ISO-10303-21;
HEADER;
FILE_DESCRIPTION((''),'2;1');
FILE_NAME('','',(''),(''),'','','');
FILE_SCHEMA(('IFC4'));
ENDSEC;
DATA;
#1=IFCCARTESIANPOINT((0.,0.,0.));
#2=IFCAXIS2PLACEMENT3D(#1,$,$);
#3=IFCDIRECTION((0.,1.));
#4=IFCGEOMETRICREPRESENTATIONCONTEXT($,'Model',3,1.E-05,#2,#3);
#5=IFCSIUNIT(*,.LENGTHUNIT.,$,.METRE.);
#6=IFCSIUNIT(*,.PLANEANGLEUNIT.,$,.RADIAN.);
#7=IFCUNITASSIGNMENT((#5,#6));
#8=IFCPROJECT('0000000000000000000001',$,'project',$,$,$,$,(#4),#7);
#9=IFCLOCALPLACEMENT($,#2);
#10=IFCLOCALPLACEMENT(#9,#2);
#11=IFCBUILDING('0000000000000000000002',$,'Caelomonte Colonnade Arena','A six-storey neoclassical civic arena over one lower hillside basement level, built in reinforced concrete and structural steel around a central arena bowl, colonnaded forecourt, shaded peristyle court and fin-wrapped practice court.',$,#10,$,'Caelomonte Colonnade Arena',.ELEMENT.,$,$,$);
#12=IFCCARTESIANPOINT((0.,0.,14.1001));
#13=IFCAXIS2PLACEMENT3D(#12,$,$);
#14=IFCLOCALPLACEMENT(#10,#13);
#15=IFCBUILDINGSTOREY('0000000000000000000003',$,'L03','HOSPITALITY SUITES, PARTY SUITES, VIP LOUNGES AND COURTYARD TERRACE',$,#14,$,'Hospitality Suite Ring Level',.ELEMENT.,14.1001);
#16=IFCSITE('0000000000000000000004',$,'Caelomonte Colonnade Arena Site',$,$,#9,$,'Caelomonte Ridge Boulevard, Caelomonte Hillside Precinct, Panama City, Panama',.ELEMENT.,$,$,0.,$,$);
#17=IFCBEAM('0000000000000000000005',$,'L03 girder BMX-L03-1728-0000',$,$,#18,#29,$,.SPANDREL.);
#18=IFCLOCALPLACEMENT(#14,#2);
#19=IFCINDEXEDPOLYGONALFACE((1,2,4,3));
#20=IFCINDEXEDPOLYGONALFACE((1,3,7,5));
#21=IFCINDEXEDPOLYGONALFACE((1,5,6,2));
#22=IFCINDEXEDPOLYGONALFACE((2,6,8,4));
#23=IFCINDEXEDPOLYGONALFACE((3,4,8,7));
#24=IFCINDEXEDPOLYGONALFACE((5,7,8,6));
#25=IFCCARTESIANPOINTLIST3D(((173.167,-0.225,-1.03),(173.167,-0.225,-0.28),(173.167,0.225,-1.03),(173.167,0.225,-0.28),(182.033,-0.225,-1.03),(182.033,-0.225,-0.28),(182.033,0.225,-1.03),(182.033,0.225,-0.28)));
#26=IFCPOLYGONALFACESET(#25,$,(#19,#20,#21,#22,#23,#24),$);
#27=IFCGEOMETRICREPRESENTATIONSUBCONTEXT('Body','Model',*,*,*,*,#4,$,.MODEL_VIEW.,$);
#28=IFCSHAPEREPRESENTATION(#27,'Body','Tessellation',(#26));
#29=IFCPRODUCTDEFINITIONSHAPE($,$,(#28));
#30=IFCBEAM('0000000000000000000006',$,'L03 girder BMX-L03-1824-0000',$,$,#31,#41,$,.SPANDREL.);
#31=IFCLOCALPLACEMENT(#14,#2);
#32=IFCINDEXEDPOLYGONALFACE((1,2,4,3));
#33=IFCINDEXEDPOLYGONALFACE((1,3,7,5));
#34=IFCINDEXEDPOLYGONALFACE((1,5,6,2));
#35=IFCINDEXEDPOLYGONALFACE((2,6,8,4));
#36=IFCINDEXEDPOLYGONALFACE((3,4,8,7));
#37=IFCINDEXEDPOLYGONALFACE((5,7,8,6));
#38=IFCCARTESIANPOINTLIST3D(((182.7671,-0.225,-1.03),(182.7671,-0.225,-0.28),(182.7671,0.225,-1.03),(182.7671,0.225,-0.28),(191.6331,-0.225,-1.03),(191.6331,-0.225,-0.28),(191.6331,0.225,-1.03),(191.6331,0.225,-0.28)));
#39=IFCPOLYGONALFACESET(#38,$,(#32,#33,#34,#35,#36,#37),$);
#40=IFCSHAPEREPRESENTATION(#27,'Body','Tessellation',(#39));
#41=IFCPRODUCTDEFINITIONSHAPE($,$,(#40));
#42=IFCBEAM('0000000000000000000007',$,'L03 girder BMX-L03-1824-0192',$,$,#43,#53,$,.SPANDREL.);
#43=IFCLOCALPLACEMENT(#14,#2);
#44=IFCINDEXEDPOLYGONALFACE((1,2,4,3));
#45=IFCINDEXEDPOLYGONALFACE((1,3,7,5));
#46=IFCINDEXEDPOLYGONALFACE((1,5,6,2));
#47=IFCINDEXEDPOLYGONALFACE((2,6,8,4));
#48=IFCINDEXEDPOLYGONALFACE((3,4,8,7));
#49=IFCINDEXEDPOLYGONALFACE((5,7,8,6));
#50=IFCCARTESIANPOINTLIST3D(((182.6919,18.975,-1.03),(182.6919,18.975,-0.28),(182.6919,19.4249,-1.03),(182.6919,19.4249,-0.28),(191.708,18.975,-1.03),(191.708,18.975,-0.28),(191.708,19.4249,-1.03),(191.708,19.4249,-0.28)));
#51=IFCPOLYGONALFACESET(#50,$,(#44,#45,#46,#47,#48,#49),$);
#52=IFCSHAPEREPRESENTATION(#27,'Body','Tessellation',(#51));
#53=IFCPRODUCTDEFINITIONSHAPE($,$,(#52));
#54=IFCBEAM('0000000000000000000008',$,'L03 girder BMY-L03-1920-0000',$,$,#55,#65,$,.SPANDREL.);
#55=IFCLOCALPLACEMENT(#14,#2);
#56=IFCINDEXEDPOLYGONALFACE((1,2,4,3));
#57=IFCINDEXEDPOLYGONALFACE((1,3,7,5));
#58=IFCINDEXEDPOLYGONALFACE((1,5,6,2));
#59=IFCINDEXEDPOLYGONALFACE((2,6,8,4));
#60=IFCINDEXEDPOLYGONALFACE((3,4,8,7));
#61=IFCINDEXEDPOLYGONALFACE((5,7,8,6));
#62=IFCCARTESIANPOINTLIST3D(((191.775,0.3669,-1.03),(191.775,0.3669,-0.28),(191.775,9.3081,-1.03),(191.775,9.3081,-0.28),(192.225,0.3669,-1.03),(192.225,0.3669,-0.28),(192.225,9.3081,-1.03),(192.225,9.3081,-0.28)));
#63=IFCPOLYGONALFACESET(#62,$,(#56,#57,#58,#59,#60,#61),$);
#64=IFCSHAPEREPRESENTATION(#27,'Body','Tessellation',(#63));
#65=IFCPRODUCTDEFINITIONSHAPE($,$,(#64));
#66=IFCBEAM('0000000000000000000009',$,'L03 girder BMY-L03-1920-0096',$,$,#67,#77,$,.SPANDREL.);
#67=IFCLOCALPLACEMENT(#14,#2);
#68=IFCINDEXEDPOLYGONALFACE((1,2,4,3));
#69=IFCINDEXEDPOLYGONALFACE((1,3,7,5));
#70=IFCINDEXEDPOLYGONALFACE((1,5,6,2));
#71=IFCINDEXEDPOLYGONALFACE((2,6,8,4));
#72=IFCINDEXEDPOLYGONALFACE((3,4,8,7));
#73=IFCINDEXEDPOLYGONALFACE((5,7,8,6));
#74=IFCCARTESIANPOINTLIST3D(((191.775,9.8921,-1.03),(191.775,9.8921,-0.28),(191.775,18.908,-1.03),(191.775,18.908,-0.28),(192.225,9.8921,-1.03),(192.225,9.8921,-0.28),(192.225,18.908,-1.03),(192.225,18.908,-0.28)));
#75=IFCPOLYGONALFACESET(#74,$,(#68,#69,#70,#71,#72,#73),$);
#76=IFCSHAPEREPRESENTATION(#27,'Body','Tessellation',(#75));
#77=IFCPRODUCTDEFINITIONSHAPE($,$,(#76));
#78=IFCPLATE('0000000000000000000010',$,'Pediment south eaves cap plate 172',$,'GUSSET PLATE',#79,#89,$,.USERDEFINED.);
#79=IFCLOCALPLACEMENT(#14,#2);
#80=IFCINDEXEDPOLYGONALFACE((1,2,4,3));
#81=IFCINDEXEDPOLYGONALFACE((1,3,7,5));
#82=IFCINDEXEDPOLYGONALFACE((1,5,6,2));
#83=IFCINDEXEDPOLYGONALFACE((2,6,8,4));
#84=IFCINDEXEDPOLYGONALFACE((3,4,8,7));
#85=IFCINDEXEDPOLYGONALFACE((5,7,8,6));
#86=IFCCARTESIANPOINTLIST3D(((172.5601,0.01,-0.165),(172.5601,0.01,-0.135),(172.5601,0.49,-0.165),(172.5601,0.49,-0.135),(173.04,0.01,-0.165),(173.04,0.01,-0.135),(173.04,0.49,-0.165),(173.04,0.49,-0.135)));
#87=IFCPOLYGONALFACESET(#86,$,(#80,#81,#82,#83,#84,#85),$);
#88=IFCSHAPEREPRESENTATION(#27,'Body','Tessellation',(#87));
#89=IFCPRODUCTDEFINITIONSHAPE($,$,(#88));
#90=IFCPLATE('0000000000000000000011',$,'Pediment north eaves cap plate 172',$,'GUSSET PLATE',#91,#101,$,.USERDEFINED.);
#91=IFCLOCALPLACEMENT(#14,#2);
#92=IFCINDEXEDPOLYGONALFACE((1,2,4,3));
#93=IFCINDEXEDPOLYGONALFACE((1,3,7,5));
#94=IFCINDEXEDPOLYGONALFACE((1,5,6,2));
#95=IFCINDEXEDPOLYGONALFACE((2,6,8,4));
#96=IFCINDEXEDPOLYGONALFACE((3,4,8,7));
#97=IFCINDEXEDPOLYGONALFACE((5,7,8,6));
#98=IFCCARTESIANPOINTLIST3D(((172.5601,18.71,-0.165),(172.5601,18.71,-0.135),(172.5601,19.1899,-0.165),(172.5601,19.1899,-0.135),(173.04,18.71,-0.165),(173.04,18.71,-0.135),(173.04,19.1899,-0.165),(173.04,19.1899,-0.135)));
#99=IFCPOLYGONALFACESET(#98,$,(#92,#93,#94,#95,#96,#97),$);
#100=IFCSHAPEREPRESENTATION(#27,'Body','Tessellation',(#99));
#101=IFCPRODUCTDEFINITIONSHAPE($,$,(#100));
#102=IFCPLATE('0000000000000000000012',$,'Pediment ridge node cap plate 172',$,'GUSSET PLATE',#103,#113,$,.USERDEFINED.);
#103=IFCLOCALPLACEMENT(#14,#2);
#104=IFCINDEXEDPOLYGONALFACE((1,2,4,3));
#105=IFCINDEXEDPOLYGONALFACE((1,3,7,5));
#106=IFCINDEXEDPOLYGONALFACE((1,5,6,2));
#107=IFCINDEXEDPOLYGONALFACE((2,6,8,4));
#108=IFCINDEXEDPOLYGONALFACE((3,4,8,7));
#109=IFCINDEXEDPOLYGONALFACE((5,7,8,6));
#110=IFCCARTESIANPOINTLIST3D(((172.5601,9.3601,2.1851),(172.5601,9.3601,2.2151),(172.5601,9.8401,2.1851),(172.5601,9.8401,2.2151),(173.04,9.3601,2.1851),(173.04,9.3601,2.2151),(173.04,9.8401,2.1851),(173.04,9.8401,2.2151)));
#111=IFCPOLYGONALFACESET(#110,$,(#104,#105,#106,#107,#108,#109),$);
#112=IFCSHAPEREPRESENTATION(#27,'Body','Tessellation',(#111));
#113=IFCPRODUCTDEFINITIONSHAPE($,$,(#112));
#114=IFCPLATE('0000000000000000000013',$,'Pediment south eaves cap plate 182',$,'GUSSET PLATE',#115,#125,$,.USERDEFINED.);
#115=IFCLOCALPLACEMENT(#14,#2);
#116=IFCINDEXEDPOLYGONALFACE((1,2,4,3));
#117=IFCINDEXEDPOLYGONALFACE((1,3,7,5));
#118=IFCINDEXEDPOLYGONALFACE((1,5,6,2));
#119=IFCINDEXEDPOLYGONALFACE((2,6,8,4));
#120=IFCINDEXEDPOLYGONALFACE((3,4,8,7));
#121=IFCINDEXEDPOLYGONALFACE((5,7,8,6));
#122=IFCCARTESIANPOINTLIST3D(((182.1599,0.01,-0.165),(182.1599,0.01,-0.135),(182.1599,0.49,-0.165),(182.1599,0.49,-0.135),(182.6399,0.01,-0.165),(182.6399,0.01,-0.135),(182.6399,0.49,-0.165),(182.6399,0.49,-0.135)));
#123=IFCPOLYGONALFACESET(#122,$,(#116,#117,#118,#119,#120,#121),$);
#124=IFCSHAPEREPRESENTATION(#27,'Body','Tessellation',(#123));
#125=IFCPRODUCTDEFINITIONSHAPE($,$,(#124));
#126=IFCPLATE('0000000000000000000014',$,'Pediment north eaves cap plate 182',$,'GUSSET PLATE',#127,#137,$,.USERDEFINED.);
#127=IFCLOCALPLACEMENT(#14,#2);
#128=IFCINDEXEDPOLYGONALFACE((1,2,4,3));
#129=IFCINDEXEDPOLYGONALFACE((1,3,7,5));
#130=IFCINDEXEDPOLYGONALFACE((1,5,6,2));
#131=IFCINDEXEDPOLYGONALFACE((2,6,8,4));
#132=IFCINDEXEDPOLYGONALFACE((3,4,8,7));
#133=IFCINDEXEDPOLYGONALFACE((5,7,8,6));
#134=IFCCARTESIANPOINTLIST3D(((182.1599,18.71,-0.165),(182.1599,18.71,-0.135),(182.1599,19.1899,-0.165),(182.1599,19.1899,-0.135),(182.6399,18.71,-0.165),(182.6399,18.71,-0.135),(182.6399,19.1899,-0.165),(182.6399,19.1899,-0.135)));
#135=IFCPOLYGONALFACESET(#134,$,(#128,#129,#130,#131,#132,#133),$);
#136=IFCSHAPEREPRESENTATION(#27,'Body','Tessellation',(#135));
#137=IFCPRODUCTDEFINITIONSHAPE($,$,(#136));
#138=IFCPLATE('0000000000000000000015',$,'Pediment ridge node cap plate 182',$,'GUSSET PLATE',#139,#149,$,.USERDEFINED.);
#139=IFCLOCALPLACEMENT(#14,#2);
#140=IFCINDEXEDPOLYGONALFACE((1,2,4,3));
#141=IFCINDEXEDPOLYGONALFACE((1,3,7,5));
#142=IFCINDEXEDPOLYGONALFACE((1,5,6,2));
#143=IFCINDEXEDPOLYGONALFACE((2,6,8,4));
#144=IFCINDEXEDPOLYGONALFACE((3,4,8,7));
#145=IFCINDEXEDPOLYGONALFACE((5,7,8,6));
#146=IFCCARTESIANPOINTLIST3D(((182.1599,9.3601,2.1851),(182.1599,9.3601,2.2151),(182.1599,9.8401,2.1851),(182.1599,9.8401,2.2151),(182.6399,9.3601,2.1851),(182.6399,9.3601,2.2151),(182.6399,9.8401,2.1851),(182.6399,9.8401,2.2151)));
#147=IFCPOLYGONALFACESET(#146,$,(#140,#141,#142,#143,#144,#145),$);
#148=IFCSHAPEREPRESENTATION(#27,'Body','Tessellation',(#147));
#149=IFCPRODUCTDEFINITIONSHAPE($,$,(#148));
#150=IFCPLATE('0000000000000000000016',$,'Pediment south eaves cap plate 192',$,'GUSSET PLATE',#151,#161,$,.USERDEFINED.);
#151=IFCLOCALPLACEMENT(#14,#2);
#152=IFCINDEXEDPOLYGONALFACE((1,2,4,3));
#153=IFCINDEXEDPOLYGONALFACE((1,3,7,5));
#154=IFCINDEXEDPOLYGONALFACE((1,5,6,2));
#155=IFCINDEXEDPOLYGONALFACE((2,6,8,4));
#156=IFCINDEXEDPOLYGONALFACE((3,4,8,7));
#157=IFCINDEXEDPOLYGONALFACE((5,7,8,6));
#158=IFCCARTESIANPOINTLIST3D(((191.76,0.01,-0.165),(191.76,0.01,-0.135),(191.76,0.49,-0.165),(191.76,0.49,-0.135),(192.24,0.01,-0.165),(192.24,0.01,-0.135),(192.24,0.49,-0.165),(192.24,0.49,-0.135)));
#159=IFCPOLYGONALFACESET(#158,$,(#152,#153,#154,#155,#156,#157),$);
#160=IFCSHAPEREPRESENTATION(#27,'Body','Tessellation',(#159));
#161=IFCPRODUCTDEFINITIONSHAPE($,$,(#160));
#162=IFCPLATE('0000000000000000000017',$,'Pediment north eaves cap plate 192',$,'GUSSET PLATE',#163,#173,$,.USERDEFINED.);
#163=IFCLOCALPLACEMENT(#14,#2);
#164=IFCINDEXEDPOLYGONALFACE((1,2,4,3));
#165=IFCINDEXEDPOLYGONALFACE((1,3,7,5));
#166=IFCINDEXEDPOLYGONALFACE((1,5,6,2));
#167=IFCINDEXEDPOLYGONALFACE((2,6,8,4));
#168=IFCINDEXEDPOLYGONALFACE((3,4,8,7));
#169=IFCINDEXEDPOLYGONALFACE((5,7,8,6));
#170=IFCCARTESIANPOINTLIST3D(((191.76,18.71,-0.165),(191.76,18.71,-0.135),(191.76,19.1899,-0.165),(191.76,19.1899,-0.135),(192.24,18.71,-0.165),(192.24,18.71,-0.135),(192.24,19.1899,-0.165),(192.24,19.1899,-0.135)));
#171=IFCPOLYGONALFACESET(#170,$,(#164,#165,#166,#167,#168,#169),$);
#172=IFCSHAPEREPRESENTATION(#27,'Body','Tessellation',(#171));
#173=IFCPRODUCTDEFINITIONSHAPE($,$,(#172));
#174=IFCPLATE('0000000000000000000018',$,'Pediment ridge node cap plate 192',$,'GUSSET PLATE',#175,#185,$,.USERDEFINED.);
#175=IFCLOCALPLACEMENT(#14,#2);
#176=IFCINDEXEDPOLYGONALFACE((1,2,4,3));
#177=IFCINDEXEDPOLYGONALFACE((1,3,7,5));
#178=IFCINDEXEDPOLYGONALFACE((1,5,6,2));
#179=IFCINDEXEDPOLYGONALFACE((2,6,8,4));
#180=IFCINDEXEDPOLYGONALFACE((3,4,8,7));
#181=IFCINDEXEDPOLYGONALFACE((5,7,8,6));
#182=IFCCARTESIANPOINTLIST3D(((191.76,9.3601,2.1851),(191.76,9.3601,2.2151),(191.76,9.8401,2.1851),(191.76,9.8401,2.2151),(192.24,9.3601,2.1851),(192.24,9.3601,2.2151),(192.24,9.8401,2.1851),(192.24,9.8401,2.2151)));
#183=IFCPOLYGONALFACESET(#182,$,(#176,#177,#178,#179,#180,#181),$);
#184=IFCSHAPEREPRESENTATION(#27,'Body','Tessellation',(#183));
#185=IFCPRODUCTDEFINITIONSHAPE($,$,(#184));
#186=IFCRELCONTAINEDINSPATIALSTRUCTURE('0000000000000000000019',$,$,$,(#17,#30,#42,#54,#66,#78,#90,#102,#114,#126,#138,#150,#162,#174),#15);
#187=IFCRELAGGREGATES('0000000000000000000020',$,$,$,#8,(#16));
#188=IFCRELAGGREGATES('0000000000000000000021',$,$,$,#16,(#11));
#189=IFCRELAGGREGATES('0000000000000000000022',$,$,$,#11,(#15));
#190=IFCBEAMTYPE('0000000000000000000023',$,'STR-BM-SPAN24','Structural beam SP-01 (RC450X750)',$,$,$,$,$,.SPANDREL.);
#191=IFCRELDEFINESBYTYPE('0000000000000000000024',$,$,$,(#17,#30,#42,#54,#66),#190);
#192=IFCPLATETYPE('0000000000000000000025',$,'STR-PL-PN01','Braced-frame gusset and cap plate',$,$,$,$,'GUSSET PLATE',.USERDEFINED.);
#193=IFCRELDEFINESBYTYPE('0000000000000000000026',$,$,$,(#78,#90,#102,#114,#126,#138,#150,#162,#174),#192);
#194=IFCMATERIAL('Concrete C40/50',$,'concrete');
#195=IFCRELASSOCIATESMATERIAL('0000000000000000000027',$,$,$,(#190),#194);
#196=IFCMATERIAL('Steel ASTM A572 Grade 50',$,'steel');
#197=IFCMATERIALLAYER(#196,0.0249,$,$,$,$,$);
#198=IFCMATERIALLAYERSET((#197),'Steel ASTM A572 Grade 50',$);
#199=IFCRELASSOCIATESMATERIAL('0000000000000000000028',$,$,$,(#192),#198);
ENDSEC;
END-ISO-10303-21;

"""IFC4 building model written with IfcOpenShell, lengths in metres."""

from ifc_helpers import new_model, si_unit, direction, frame, origin, origin_2d, place, context, subcontext, project, spatial, rectangle, extrude, material, layer, layer_set, material_profile, profile_set, type_object, element, save


model = new_model("IFC4")

# Units and contexts
model_context = context("Model", 3, precision=1e-05, world=origin(), true_north=direction((0.0, 1.0)))
body_context = subcontext(model_context, "Body", "Model", "MODEL_VIEW")
ifc_project = project(units=[si_unit("LENGTHUNIT", "METRE"), si_unit("PLANEANGLEUNIT", "RADIAN")], contexts=[model_context])

# Site, building, storey
site_placement = place(None, origin())
site = spatial("IfcSite", under=ifc_project, at=site_placement, Name="Caelomonte Colonnade Arena Site", LongName="Caelomonte Ridge Boulevard, Caelomonte Hillside Precinct, Panama City, Panama", CompositionType="ELEMENT", RefElevation=0.0)
building_placement = place(site_placement, origin())
building = spatial("IfcBuilding", under=site, at=building_placement, Name="Caelomonte Colonnade Arena", Description="A six-storey neoclassical civic arena over one lower hillside basement level, built in reinforced concrete and structural steel around a central arena bowl, colonnaded forecourt, shaded peristyle court and fin-wrapped practice court.", LongName="Caelomonte Colonnade Arena", CompositionType="ELEMENT")
storey_placement = place(building_placement, frame((0.0, 0.0, 14.1001)))
storey = spatial("IfcBuildingStorey", under=building, at=storey_placement, Name="L03", Description="HOSPITALITY SUITES, PARTY SUITES, VIP LOUNGES AND COURTYARD TERRACE", LongName="Hospitality Suite Ring Level", CompositionType="ELEMENT", Elevation=14.1001)

# Beams
ifc_material_1 = material(Name="Concrete C40/50", Category="concrete")
ifc_material_profile_1 = material_profile(ifc_material_1, rectangle(XDim=0.45, YDim=0.75, at=origin_2d()), Name="RC450X750")
ifc_profile_set_1 = profile_set([ifc_material_profile_1], Name="Concrete C40/50")
beam_type_1 = type_object("IfcBeamType", Name="STR-BM-SPAN24", Description="Structural beam SP-01 (RC450X750)", PredefinedType="SPANDREL", material=ifc_profile_set_1)
for number, where, z_axis, x_axis, name in (
    (1, (173.167, 0.0, -0.655), (1.0, 0.0, 0.0), (0.0, 1.0, 0.0), "L03 girder BMX-L03-1728-0000"),
    (2, (182.7671, 0.0, -0.655), (1.0, 0.0, 0.0), (0.0, 1.0, 0.0), "L03 girder BMX-L03-1824-0000"),
):
    element("IfcBeam", number, at=place(storey_placement, frame(where, z_axis=z_axis, x_axis=x_axis)), inside=storey, type_object=beam_type_1, Name=name, PredefinedType="SPANDREL", context=body_context, shape_type="SweptSolid", body=[
        extrude(rectangle(XDim=0.45, YDim=0.75, at=origin_2d()), origin(), (0.0, 0.0, 1.0), 8.866),
    ])
beam_1_placement = place(storey_placement, frame((182.6919, 19.2, -0.655), z_axis=(1.0, 0.0, 0.0), x_axis=(0.0, 1.0, 0.0)))
element("IfcBeam", 3, at=beam_1_placement, inside=storey, type_object=beam_type_1, Name="L03 girder BMX-L03-1824-0192", PredefinedType="SPANDREL", context=body_context, shape_type="SweptSolid", body=[
    extrude(rectangle(XDim=0.45, YDim=0.75, at=origin_2d()), origin(), (0.0, 0.0, 1.0), 9.0161),
])
beam_2_placement = place(storey_placement, frame((192.0, 0.3669, -0.655), z_axis=(0.0, 1.0, 0.0), x_axis=(-1.0, 0.0, 0.0)))
element("IfcBeam", 4, at=beam_2_placement, inside=storey, type_object=beam_type_1, Name="L03 girder BMY-L03-1920-0000", PredefinedType="SPANDREL", context=body_context, shape_type="SweptSolid", body=[
    extrude(rectangle(XDim=0.45, YDim=0.75, at=origin_2d()), origin(), (0.0, 0.0, 1.0), 8.9412),
])
beam_3_placement = place(storey_placement, frame((192.0, 9.8921, -0.655), z_axis=(0.0, 1.0, 0.0), x_axis=(-1.0, 0.0, 0.0)))
element("IfcBeam", 5, at=beam_3_placement, inside=storey, type_object=beam_type_1, Name="L03 girder BMY-L03-1920-0096", PredefinedType="SPANDREL", context=body_context, shape_type="SweptSolid", body=[
    extrude(rectangle(XDim=0.45, YDim=0.75, at=origin_2d()), origin(), (0.0, 0.0, 1.0), 9.0159),
])

# Plates
ifc_material_2 = material(Name="Steel ASTM A572 Grade 50", Category="steel")
ifc_layer = layer(ifc_material_2, 0.0249)
ifc_layer_set = layer_set([ifc_layer], Name="Steel ASTM A572 Grade 50")
plate_type = type_object("IfcPlateType", Name="STR-PL-PN01", Description="Braced-frame gusset and cap plate", ElementType="GUSSET PLATE", PredefinedType="USERDEFINED", material=ifc_layer_set)
for number, where, z_axis, x_axis, name in (
    (6, (172.8, 0.25, -0.165), (0.0, 0.0, 1.0), (1.0, 0.0, 0.0), "Pediment south eaves cap plate 172"),
    (7, (172.8, 18.95, -0.165), (0.0, 0.0, 1.0), (1.0, 0.0, 0.0), "Pediment north eaves cap plate 172"),
    (8, (172.8, 9.6001, 2.1851), (0.0, 0.0, 1.0), (1.0, 0.0, 0.0), "Pediment ridge node cap plate 172"),
    (9, (182.3999, 0.25, -0.165), (0.0, 0.0, 1.0), (1.0, 0.0, 0.0), "Pediment south eaves cap plate 182"),
    (10, (182.3999, 18.95, -0.165), (0.0, 0.0, 1.0), (1.0, 0.0, 0.0), "Pediment north eaves cap plate 182"),
    (11, (182.3999, 9.6001, 2.1851), (0.0, 0.0, 1.0), (1.0, 0.0, 0.0), "Pediment ridge node cap plate 182"),
    (12, (192.0, 0.25, -0.165), (0.0, 0.0, 1.0), (1.0, 0.0, 0.0), "Pediment south eaves cap plate 192"),
    (13, (192.0, 18.95, -0.165), (0.0, 0.0, 1.0), (1.0, 0.0, 0.0), "Pediment north eaves cap plate 192"),
    (14, (192.0, 9.6001, 2.1851), (0.0, 0.0, 1.0), (1.0, 0.0, 0.0), "Pediment ridge node cap plate 192"),
):
    element("IfcPlate", number, at=place(storey_placement, frame(where, z_axis=z_axis, x_axis=x_axis)), inside=storey, type_object=plate_type, Name=name, ObjectType="GUSSET PLATE", PredefinedType="USERDEFINED", context=body_context, shape_type="SweptSolid", body=[
        extrude(rectangle(XDim=0.48, YDim=0.48, at=origin_2d()), origin(), (0.0, 0.0, 1.0), 0.03),
    ])

save(model, "model.ifc")
